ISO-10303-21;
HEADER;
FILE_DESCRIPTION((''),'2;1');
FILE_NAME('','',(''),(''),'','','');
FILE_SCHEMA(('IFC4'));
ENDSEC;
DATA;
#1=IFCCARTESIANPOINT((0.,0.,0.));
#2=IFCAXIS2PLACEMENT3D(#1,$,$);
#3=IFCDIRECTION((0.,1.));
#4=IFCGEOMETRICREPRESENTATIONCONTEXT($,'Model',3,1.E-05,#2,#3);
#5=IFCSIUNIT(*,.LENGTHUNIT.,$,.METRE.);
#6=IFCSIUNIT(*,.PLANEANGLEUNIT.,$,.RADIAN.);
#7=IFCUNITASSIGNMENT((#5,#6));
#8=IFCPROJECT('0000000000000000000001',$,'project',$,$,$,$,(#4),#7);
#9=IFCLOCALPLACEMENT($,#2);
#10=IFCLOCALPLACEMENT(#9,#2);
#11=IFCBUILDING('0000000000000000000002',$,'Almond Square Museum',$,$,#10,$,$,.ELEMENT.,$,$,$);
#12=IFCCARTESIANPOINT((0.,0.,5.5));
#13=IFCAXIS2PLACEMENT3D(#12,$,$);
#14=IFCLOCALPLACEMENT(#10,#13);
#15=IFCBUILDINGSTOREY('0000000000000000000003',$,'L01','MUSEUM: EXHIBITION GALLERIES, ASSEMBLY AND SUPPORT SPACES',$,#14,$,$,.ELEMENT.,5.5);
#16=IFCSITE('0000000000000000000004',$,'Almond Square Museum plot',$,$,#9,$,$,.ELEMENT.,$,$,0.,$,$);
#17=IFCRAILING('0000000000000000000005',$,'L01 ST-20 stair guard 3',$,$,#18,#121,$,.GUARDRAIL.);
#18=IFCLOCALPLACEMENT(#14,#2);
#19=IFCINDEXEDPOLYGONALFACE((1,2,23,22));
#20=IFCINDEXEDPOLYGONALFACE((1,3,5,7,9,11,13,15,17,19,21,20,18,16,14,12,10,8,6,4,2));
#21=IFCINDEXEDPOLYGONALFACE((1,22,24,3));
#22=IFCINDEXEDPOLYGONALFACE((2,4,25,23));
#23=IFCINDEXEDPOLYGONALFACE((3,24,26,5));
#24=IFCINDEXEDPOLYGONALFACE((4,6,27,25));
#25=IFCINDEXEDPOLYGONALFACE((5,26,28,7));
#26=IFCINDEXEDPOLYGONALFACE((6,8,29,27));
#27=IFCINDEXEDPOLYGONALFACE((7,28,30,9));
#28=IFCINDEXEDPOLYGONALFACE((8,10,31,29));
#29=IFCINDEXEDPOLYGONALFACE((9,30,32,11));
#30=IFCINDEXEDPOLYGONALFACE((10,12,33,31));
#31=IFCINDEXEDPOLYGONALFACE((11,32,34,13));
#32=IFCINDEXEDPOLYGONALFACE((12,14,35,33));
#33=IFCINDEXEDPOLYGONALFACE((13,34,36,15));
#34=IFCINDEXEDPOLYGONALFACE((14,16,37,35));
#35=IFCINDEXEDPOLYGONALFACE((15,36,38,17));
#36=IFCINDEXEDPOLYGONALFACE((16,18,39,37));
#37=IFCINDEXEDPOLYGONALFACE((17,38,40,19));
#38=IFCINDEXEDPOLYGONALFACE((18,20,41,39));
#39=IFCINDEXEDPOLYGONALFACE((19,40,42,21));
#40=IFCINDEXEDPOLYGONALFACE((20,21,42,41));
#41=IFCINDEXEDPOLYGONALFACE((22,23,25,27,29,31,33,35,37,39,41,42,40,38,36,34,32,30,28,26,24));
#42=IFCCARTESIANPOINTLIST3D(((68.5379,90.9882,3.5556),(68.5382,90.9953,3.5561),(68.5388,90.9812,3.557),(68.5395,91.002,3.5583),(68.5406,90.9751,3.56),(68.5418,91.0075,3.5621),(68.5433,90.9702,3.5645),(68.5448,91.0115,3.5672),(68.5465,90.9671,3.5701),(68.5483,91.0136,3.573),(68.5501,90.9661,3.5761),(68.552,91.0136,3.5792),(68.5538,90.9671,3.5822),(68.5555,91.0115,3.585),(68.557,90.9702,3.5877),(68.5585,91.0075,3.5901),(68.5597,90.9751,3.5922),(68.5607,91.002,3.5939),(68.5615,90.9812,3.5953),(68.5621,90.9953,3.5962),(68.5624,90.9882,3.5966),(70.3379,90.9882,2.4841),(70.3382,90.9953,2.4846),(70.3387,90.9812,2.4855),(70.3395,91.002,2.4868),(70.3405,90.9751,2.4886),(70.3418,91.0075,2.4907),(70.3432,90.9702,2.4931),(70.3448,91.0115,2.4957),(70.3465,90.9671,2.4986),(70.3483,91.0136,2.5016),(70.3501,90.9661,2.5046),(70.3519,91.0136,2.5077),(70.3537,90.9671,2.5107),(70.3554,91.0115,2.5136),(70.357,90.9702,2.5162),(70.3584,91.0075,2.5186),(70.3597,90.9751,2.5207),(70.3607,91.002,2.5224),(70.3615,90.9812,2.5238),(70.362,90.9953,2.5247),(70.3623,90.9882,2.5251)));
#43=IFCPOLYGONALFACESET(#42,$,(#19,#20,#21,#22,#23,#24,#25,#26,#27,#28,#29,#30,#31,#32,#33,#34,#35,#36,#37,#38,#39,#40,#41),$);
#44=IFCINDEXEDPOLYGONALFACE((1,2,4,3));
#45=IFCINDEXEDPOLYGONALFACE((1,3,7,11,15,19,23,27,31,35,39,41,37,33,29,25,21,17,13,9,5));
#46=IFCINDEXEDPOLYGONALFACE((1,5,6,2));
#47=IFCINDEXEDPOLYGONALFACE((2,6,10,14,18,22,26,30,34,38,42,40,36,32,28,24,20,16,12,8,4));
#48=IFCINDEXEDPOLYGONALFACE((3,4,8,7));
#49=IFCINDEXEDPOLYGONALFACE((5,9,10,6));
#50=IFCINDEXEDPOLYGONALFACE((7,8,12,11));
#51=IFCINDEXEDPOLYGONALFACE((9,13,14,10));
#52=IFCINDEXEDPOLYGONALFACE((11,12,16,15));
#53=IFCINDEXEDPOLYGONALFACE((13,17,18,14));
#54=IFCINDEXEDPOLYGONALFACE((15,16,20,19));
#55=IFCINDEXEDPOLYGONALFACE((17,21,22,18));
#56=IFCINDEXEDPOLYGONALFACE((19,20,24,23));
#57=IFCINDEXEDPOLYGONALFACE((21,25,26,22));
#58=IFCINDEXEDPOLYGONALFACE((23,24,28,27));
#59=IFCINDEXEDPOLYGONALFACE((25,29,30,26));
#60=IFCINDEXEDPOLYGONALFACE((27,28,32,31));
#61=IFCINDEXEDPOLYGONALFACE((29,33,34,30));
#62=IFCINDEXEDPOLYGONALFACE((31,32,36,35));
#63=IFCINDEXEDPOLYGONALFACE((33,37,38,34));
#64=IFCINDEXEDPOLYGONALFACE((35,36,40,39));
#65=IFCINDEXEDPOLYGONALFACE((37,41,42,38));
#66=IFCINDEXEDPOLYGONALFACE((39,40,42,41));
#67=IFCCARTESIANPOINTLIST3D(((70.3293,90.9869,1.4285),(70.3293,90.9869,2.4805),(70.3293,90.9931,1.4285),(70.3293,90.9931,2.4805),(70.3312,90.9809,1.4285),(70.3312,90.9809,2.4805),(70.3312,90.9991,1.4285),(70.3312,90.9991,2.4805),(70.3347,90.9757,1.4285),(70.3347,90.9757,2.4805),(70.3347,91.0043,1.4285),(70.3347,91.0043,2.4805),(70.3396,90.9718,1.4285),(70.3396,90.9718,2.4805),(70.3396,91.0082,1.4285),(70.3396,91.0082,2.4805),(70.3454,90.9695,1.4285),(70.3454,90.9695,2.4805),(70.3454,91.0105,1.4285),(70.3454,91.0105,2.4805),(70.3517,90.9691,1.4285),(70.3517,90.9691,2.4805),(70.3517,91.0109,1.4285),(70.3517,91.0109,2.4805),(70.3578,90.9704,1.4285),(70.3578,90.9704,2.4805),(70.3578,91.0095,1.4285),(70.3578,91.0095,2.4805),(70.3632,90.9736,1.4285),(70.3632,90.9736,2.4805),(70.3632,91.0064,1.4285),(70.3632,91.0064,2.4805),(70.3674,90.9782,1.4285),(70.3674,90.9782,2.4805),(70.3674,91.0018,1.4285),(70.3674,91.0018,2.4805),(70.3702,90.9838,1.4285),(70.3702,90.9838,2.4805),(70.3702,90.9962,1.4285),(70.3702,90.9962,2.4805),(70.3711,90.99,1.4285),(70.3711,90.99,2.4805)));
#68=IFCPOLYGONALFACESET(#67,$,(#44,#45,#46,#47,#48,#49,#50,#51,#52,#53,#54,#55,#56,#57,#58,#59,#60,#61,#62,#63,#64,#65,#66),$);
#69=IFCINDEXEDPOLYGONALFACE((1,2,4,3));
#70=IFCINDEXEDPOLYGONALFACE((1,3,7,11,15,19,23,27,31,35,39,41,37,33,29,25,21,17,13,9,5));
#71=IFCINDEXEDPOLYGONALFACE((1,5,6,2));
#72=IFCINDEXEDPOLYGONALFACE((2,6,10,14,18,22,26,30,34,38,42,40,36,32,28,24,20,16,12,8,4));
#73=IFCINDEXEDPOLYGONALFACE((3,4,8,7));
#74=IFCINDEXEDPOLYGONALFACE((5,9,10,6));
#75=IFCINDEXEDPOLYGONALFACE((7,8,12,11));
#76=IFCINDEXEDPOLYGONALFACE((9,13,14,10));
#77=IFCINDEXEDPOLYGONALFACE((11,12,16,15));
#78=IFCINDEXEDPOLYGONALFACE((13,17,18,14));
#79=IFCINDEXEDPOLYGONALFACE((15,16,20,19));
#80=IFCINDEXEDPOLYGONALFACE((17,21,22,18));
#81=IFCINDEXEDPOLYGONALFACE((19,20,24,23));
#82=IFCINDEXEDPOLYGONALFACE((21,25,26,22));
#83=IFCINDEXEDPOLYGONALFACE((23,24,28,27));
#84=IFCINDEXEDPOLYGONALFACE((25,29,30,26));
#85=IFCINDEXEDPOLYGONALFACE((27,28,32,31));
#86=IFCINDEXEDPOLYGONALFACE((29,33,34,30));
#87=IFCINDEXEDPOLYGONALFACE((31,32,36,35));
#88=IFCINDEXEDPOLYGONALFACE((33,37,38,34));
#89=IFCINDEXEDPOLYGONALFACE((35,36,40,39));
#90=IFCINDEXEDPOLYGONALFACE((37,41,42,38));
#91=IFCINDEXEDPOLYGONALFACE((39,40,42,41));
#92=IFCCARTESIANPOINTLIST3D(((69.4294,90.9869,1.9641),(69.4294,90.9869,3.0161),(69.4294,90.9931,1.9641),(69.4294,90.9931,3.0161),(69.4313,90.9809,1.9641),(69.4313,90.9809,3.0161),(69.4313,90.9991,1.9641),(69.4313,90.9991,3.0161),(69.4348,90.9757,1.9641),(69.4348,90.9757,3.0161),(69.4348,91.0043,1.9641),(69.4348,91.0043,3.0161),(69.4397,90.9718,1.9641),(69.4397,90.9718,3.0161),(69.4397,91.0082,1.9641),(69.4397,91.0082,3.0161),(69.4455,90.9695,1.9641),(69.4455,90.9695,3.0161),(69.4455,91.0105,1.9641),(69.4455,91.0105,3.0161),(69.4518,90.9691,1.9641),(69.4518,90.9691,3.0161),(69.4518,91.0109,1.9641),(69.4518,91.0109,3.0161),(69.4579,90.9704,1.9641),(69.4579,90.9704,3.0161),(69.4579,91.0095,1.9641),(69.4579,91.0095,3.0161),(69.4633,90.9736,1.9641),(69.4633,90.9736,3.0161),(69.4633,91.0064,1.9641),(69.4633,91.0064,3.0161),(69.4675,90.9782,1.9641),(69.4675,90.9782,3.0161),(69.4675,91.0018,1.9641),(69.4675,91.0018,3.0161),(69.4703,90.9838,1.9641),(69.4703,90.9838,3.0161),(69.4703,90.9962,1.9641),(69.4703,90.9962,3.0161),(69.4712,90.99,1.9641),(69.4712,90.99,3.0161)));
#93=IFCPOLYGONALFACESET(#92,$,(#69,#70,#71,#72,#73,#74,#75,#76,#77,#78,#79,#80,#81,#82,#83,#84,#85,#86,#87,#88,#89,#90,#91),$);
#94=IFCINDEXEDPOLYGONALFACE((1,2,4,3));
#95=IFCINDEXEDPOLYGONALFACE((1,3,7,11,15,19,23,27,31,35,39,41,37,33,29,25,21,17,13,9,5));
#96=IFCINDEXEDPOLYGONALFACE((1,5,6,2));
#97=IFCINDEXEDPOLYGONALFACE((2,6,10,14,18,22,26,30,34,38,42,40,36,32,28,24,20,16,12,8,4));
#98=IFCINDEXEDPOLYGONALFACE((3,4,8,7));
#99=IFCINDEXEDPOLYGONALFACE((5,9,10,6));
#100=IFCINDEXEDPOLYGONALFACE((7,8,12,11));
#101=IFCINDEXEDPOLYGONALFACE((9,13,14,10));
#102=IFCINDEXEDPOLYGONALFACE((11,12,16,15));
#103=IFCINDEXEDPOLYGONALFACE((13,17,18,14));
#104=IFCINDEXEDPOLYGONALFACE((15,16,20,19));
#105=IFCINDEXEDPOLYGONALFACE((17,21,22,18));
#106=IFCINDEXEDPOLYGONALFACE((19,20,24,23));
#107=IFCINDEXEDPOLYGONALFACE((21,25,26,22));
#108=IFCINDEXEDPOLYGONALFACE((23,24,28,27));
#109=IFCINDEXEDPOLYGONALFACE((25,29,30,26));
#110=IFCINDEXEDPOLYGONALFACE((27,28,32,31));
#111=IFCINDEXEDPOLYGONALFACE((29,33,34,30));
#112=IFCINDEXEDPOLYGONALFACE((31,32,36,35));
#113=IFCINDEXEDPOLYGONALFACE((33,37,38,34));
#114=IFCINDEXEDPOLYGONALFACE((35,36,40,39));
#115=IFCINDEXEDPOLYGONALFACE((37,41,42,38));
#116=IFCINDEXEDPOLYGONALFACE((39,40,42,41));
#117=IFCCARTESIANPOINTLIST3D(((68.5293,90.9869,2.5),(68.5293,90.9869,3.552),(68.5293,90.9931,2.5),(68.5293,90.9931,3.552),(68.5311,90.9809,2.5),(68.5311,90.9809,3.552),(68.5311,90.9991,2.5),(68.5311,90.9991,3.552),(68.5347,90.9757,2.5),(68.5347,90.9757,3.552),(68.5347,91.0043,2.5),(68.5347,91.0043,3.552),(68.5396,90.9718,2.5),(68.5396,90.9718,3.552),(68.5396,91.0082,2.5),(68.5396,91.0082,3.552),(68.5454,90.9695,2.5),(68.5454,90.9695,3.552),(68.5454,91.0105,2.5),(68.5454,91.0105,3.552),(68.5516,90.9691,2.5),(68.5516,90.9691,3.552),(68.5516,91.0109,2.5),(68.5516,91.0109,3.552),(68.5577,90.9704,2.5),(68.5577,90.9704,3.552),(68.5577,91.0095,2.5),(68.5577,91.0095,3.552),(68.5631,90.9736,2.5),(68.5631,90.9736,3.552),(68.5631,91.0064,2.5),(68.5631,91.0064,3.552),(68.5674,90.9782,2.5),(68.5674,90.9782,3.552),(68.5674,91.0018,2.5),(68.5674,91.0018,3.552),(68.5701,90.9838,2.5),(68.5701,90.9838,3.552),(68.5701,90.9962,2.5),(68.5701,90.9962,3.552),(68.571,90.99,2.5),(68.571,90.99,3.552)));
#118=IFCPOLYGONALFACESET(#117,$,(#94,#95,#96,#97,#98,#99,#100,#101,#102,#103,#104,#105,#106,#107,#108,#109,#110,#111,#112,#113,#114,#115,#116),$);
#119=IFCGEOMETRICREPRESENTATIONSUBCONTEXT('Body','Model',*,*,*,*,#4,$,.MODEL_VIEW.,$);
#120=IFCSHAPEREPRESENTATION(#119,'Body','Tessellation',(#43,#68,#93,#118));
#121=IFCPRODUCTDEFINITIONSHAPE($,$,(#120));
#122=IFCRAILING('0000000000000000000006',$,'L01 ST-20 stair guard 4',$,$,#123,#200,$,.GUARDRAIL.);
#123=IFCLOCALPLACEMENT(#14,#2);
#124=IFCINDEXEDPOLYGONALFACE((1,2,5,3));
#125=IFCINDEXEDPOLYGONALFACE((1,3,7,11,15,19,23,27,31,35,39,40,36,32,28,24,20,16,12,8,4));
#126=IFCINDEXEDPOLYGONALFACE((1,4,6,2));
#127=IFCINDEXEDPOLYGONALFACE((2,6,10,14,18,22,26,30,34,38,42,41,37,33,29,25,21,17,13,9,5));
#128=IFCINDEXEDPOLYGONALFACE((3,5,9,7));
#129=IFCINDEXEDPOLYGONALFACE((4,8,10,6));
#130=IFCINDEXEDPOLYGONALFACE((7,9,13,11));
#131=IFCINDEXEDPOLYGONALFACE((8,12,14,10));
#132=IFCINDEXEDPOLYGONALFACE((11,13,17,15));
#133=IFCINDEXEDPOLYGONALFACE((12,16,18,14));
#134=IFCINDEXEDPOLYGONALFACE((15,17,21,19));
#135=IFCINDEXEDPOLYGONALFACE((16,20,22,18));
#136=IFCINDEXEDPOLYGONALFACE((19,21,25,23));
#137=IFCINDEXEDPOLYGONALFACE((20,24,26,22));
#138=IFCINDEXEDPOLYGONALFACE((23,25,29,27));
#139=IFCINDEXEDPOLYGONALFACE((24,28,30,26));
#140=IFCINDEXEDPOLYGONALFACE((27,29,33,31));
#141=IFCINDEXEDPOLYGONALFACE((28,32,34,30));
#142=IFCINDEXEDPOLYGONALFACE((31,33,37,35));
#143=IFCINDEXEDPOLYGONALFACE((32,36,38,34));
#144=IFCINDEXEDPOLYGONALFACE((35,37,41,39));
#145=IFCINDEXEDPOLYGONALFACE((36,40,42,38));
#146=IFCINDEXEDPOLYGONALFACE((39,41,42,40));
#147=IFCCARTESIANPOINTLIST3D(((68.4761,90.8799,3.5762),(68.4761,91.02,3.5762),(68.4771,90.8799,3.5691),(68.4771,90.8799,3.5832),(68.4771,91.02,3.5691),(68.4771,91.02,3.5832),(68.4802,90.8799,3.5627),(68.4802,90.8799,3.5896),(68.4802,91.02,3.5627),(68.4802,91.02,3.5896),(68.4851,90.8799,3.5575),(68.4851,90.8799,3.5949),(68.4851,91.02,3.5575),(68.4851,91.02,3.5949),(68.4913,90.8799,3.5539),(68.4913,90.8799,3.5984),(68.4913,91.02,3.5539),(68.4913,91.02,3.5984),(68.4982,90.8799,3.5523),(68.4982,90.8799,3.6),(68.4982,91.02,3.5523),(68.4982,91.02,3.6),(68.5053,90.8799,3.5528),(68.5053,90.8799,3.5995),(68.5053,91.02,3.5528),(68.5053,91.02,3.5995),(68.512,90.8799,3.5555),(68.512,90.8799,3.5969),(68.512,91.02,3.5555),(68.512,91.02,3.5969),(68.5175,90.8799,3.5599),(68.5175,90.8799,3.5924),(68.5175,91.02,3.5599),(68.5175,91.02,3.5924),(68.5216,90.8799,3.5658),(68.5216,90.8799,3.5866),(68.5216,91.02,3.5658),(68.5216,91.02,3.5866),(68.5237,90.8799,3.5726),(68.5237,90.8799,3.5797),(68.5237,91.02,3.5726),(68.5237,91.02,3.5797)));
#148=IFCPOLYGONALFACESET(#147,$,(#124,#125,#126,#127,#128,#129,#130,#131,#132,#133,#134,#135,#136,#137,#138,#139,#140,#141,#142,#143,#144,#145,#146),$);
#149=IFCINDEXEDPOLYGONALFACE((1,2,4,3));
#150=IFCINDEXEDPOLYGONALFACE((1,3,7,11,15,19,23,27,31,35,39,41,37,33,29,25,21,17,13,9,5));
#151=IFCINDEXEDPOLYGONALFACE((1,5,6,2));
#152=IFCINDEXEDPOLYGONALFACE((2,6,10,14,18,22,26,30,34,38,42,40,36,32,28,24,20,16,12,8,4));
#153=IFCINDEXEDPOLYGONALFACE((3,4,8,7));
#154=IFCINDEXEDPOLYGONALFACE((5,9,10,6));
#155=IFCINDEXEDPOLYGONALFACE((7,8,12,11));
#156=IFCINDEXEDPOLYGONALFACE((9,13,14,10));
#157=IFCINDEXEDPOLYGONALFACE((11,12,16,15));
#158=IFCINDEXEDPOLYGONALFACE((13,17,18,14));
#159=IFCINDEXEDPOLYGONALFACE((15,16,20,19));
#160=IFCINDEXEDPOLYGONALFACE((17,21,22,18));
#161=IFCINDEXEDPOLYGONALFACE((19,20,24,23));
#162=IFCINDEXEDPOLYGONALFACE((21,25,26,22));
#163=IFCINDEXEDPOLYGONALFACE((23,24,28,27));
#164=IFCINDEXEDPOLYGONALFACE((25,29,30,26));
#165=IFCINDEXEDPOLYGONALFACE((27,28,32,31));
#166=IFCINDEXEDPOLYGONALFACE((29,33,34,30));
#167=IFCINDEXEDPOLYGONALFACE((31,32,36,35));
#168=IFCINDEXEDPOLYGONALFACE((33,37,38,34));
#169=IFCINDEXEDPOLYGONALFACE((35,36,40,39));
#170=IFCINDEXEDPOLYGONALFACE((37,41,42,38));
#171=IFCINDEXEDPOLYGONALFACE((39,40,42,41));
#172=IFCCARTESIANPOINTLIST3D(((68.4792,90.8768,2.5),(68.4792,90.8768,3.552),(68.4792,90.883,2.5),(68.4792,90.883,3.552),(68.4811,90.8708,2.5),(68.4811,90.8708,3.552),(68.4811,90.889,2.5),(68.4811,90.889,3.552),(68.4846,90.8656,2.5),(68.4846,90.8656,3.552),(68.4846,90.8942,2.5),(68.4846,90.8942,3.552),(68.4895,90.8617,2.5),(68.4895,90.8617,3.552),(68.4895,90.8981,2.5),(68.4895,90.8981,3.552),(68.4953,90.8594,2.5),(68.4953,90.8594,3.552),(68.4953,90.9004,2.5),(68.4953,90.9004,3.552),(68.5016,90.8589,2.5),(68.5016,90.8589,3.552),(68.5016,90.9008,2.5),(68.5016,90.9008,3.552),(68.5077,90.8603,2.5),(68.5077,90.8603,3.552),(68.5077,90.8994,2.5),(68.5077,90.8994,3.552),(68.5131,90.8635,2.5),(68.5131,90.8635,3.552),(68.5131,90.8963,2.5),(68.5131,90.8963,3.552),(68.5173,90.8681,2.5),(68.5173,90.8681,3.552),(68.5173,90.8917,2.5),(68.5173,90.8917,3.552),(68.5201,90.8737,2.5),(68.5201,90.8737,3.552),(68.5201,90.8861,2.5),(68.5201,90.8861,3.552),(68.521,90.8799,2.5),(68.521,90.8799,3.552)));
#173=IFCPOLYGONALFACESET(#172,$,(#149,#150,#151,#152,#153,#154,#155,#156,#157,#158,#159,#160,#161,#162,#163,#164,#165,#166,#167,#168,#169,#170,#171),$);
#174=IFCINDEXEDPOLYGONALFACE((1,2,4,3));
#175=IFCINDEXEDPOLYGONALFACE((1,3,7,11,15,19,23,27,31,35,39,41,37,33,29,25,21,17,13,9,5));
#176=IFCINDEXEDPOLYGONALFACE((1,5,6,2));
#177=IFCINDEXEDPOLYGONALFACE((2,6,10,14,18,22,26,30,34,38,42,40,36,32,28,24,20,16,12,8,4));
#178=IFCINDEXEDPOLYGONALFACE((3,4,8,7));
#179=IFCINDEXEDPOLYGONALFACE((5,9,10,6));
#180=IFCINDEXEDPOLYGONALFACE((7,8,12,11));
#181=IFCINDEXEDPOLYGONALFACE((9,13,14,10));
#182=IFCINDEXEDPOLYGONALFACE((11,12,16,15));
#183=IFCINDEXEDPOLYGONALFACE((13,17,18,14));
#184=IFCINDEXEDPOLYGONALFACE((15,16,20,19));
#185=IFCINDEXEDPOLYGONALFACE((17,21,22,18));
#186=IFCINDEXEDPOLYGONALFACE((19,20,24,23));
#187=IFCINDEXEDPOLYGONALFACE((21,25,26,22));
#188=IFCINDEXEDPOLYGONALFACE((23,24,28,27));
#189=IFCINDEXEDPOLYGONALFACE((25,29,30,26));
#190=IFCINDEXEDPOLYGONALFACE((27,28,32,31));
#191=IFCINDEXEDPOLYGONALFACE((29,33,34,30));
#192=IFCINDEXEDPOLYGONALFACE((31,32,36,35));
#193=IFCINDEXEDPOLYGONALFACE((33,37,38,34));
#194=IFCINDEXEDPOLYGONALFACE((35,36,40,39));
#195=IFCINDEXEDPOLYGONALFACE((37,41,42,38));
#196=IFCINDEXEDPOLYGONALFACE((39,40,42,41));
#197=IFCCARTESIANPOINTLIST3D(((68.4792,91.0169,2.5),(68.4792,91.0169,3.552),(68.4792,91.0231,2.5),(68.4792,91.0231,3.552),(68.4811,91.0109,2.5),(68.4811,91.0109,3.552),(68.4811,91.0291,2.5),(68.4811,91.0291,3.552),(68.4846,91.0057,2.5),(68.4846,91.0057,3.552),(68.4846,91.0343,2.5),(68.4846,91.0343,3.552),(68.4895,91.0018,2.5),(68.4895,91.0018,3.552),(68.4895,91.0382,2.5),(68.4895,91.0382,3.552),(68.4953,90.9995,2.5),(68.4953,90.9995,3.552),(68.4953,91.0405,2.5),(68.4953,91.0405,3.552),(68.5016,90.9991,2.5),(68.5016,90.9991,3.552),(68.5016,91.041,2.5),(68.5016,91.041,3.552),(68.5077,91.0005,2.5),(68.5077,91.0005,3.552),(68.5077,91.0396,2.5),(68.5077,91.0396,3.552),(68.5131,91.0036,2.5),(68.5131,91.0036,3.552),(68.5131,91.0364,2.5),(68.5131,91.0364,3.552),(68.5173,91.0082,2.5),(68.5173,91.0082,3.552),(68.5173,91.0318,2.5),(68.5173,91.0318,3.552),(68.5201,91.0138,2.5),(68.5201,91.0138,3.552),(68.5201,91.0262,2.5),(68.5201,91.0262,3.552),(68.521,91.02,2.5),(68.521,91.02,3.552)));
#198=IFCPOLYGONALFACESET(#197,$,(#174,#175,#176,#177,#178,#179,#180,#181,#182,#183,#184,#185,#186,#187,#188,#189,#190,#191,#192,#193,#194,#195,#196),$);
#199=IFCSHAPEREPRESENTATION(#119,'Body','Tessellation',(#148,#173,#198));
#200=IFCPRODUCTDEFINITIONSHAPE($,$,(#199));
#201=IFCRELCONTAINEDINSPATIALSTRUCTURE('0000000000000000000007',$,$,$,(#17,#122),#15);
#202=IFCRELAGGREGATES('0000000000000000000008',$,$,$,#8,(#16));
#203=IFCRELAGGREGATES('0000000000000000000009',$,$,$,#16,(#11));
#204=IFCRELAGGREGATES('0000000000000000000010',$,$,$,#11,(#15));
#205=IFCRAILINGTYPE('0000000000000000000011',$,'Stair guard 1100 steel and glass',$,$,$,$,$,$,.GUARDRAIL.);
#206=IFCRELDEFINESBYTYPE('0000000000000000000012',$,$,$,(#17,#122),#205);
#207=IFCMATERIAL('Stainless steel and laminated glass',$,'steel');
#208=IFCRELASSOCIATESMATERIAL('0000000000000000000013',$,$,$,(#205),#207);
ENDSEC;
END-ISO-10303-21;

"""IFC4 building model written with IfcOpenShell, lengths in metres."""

from ifc_helpers import new_model, si_unit, direction, frame, origin, origin_2d, place, context, subcontext, project, spatial, circle, extrude, material, type_object, element, save


model = new_model("IFC4")

# Units and contexts
model_context = context("Model", 3, precision=1e-05, world=origin(), true_north=direction((0.0, 1.0)))
body_context = subcontext(model_context, "Body", "Model", "MODEL_VIEW")
ifc_project = project(units=[si_unit("LENGTHUNIT", "METRE"), si_unit("PLANEANGLEUNIT", "RADIAN")], contexts=[model_context])

# Site, building, storey
site_placement = place(None, origin())
site = spatial("IfcSite", under=ifc_project, at=site_placement, Name="Almond Square Museum plot", CompositionType="ELEMENT", RefElevation=0.0)
building_placement = place(site_placement, origin())
building = spatial("IfcBuilding", under=site, at=building_placement, Name="Almond Square Museum", CompositionType="ELEMENT")
storey_placement = place(building_placement, frame((0.0, 0.0, 5.5)))
storey = spatial("IfcBuildingStorey", under=building, at=storey_placement, Name="L01", Description="MUSEUM: EXHIBITION GALLERIES, ASSEMBLY AND SUPPORT SPACES", CompositionType="ELEMENT", Elevation=5.5)

# Railings
ifc_material_1 = material(Name="Stainless steel and laminated glass", Category="steel")
railing_type = type_object("IfcRailingType", Name="Stair guard 1100 steel and glass", PredefinedType="GUARDRAIL", material=ifc_material_1)
railing_1_placement = place(storey_placement, frame((70.3501, 90.99, 1.4285)))
element("IfcRailing", 1, at=railing_1_placement, inside=storey, type_object=railing_type, Name="L01 ST-20 stair guard 3", PredefinedType="GUARDRAIL", context=body_context, shape_type="SweptSolid", body=[
    extrude(circle(Radius=0.0239, at=origin_2d()), frame((0.0, 0.0, 1.0762), z_axis=(-0.859277, 0.0, 0.51151), x_axis=(0.0, -1.0, 0.0)), (0.0, 0.0, 1.0), 2.0947),
    extrude(circle(Radius=0.021, at=origin_2d()), origin(), (0.0, 0.0, 1.0), 1.052),
    extrude(circle(Radius=0.021, at=origin_2d()), frame((-0.8999, 0.0, 0.5356)), (0.0, 0.0, 1.0), 1.052),
    extrude(circle(Radius=0.021, at=origin_2d()), frame((-1.8, 0.0, 1.0715)), (0.0, 0.0, 1.0), 1.052),
])
railing_2_placement = place(storey_placement, frame((68.5, 90.8799, 2.5)))
element("IfcRailing", 2, at=railing_2_placement, inside=storey, type_object=railing_type, Name="L01 ST-20 stair guard 4", PredefinedType="GUARDRAIL", context=body_context, shape_type="SweptSolid", body=[
    extrude(circle(Radius=0.0239, at=origin_2d()), frame((0.0, 0.0, 1.0762), z_axis=(0.0, 1.0, 0.0), x_axis=(-1.0, 0.0, 0.0)), (0.0, 0.0, 1.0), 0.1401),
    extrude(circle(Radius=0.021, at=origin_2d()), origin(), (0.0, 0.0, 1.0), 1.052),
    extrude(circle(Radius=0.021, at=origin_2d()), frame((0.0, 0.1401, 0.0)), (0.0, 0.0, 1.0), 1.052),
])

save(model, "model.ifc")
